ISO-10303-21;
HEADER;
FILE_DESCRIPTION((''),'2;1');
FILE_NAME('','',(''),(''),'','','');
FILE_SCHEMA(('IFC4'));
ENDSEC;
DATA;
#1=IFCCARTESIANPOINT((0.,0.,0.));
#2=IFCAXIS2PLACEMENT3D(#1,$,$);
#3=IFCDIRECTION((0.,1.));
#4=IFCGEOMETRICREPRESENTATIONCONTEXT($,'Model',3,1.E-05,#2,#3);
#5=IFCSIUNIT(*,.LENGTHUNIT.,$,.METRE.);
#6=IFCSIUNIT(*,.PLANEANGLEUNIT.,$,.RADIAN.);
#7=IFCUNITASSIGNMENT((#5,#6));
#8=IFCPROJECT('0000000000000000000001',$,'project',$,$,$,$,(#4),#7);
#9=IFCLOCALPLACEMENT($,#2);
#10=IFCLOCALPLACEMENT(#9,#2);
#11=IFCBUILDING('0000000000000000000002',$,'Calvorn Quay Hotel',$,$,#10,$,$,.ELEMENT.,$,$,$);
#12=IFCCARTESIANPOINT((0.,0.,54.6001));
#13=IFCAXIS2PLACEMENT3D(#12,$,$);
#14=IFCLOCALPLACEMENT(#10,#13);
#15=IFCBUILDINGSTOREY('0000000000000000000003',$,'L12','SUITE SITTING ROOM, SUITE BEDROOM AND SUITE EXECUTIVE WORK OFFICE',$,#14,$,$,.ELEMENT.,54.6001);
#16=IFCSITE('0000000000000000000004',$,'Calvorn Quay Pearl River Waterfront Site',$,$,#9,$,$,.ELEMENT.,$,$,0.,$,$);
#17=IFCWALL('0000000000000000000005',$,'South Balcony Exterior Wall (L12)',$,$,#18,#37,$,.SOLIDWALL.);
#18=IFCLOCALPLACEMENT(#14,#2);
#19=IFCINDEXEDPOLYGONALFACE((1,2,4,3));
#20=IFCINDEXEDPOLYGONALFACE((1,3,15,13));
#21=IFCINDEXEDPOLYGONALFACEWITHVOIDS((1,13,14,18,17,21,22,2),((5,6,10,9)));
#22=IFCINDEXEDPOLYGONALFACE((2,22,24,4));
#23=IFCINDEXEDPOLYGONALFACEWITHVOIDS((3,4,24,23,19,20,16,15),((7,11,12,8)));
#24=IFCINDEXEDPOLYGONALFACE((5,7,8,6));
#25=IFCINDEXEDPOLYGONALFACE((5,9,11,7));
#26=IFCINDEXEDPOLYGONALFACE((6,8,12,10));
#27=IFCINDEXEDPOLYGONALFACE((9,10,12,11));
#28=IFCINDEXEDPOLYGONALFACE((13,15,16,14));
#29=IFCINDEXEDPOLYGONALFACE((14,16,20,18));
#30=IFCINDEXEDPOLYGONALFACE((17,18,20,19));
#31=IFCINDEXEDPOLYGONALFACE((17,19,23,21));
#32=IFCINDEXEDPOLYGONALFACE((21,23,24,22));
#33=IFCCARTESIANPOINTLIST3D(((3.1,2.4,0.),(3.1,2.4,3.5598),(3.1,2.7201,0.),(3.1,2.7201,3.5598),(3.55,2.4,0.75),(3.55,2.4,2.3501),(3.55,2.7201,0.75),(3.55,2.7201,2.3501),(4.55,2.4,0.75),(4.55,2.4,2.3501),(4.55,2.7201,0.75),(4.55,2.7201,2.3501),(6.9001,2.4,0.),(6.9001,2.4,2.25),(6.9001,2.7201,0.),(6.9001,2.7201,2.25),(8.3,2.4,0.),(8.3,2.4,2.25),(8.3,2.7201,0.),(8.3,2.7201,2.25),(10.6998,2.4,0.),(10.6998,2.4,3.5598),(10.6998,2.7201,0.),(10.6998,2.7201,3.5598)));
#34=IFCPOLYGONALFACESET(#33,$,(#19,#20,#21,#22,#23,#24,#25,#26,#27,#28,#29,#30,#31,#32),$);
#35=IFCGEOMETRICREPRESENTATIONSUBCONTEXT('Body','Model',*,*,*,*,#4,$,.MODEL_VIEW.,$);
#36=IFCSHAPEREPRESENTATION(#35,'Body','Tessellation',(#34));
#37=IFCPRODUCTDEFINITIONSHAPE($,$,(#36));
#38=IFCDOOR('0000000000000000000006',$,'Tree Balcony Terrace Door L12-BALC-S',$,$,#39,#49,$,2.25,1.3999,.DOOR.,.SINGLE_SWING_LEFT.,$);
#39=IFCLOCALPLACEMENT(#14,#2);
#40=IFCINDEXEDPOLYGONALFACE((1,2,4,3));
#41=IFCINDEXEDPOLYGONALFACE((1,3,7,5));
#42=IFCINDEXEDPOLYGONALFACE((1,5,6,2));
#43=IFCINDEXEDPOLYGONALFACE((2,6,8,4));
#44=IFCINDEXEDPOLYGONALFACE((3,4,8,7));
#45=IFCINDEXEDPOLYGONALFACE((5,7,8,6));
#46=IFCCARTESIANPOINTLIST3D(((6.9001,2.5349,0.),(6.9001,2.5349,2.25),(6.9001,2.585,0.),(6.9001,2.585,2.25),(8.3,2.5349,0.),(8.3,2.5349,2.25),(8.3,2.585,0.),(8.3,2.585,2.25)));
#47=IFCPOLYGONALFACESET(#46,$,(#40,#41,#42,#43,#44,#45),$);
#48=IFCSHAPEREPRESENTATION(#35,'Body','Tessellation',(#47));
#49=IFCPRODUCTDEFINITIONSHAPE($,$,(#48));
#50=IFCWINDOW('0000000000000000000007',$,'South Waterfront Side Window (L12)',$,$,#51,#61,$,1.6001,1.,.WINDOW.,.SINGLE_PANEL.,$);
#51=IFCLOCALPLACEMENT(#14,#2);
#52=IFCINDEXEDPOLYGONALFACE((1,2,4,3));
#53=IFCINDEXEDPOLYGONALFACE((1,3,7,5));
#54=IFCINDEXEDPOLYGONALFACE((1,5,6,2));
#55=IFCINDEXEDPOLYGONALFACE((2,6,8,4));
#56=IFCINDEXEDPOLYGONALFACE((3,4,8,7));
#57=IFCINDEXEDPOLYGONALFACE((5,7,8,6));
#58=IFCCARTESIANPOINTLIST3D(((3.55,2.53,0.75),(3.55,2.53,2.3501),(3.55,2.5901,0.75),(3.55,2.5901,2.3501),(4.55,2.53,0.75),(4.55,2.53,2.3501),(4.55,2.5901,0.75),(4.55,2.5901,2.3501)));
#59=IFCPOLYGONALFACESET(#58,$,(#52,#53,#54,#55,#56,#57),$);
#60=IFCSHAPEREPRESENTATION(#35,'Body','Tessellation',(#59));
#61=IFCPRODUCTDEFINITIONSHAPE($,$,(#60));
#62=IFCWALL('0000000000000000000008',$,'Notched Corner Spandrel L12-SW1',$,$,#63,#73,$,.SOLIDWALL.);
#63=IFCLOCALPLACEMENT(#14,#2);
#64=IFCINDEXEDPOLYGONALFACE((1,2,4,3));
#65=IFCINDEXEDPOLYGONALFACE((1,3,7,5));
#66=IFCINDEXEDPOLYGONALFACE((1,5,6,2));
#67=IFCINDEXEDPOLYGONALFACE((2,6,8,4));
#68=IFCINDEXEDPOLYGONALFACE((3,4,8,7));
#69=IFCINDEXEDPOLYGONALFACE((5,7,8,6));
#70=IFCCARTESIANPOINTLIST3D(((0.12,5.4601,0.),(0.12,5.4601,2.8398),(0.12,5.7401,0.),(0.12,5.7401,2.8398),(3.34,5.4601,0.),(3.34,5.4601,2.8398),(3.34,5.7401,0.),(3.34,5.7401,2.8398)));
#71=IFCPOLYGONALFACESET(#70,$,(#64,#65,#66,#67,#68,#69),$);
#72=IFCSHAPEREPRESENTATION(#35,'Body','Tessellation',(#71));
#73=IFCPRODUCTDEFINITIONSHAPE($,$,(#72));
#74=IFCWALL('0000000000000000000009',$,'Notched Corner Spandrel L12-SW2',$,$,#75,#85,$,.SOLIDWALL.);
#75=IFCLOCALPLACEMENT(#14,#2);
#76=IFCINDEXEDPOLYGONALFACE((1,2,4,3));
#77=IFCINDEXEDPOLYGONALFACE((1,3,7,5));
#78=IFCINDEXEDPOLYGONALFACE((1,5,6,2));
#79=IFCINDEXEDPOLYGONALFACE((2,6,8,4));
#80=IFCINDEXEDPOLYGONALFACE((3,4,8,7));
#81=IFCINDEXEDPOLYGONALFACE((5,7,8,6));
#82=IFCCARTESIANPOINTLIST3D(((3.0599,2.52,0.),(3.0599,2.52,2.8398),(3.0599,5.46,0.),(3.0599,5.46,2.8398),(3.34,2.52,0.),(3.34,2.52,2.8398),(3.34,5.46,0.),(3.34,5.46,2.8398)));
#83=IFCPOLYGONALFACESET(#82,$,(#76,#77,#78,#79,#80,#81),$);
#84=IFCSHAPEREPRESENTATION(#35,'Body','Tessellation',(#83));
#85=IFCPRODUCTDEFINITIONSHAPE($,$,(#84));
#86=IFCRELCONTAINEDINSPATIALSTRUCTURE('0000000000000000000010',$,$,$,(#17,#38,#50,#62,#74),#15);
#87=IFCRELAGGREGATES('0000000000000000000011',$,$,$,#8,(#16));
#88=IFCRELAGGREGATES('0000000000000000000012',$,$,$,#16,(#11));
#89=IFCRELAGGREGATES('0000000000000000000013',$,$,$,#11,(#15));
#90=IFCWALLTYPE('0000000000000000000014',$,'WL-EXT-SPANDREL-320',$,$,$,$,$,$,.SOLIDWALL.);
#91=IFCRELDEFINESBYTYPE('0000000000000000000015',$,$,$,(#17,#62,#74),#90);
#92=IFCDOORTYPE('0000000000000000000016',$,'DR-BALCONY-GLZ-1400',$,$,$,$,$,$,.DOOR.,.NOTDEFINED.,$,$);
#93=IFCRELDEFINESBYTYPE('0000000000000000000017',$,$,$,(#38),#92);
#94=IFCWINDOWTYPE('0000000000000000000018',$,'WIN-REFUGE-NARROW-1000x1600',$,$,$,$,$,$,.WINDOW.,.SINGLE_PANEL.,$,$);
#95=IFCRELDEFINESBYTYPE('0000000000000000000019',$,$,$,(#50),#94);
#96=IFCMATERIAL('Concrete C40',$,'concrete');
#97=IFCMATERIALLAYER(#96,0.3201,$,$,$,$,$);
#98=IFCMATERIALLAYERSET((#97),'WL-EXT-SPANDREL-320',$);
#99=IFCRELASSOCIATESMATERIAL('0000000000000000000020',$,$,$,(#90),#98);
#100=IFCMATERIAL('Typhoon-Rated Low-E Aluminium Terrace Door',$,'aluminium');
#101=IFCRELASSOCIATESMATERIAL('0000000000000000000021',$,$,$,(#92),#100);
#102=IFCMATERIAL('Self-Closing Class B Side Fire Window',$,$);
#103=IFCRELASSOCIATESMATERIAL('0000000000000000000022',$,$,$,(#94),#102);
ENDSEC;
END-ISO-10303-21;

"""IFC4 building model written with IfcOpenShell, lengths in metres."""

from ifc_helpers import new_model, si_unit, direction, frame, frame_2d, origin, place, context, subcontext, project, spatial, rectangle, extrude, material, layer, layer_set, type_object, element, fill, save


model = new_model("IFC4")

# Units and contexts
model_context = context("Model", 3, precision=1e-05, world=origin(), true_north=direction((0.0, 1.0)))
body_context = subcontext(model_context, "Body", "Model", "MODEL_VIEW")
ifc_project = project(units=[si_unit("LENGTHUNIT", "METRE"), si_unit("PLANEANGLEUNIT", "RADIAN")], contexts=[model_context])

# Site, building, storey
site_placement = place(None, origin())
site = spatial("IfcSite", under=ifc_project, at=site_placement, Name="Calvorn Quay Pearl River Waterfront Site", CompositionType="ELEMENT", RefElevation=0.0)
building_placement = place(site_placement, origin())
building = spatial("IfcBuilding", under=site, at=building_placement, Name="Calvorn Quay Hotel", CompositionType="ELEMENT")
storey_placement = place(building_placement, frame((0.0, 0.0, 54.6001)))
storey = spatial("IfcBuildingStorey", under=building, at=storey_placement, Name="L12", Description="SUITE SITTING ROOM, SUITE BEDROOM AND SUITE EXECUTIVE WORK OFFICE", CompositionType="ELEMENT", Elevation=54.6001)

# Wall, openings, door, window
ifc_material_1 = material(Name="Concrete C40", Category="concrete")
ifc_layer_1 = layer(ifc_material_1, 0.3201)
ifc_layer_set_1 = layer_set([ifc_layer_1], Name="WL-EXT-SPANDREL-320")
wall_type = type_object("IfcWallType", Name="WL-EXT-SPANDREL-320", PredefinedType="SOLIDWALL", material=ifc_layer_set_1)
wall_1_placement = place(storey_placement, frame((3.1001, 2.5601, 0.0), z_axis=(0.0, 0.0, 1.0), x_axis=(1.0, 0.0, 0.0)))
wall_1 = element("IfcWall", 1, at=wall_1_placement, inside=storey, type_object=wall_type, Name="South Balcony Exterior Wall (L12)", PredefinedType="SOLIDWALL", context=body_context, shape_type="SweptSolid", body=[
    extrude(rectangle(XDim=7.5999, YDim=0.3201, at=frame_2d((3.7998, 0.0))), origin(), (0.0, 0.0, 1.0), 3.5598),
])
opening_1_placement = place(wall_1_placement, frame((0.45, 0.0, 0.75)))
opening_1 = element("IfcOpeningElement", 2, at=opening_1_placement, cuts=wall_1, PredefinedType="OPENING", context=body_context, shape_type="SweptSolid", body=[
    extrude(rectangle(XDim=1.0, YDim=1.6001, at=frame_2d((0.5, 0.8))), frame((0.0, 0.1699, 0.0), z_axis=(0.0, -1.0, 0.0), x_axis=(1.0, 0.0, 0.0)), (0.0, 0.0, 1.0), 0.3401),
])
opening_2_placement = place(wall_1_placement, frame((3.8, 0.0, 0.0)))
opening_2 = element("IfcOpeningElement", 3, at=opening_2_placement, cuts=wall_1, PredefinedType="OPENING", context=body_context, shape_type="SweptSolid", body=[
    extrude(rectangle(XDim=1.3999, YDim=2.25, at=frame_2d((0.7, 1.125))), frame((0.0, 0.1699, 0.0), z_axis=(0.0, -1.0, 0.0), x_axis=(1.0, 0.0, 0.0)), (0.0, 0.0, 1.0), 0.3401),
])
ifc_material_2 = material(Name="Typhoon-Rated Low-E Aluminium Terrace Door", Category="aluminium")
door_type = type_object("IfcDoorType", Name="DR-BALCONY-GLZ-1400", OperationType="NOTDEFINED", PredefinedType="DOOR", material=ifc_material_2)
door_placement = place(opening_2_placement, origin())
door = element("IfcDoor", 4, at=door_placement, inside=storey, type_object=door_type, Name="Tree Balcony Terrace Door L12-BALC-S", OperationType="SINGLE_SWING_LEFT", OverallHeight=2.25, OverallWidth=1.3999, PredefinedType="DOOR", context=body_context, shape_type="SweptSolid", body=[
    extrude(rectangle(XDim=1.3999, YDim=2.25, at=frame_2d((0.7, 1.125))), frame((0.0, 0.0249, 0.0), z_axis=(0.0, -1.0, 0.0), x_axis=(1.0, 0.0, 0.0)), (0.0, 0.0, 1.0), 0.05),
])
fill(opening_2, door)
ifc_material_3 = material(Name="Self-Closing Class B Side Fire Window")
window_type = type_object("IfcWindowType", Name="WIN-REFUGE-NARROW-1000x1600", PartitioningType="SINGLE_PANEL", PredefinedType="WINDOW", material=ifc_material_3)
window_placement = place(opening_1_placement, origin())
window = element("IfcWindow", 5, at=window_placement, inside=storey, type_object=window_type, Name="South Waterfront Side Window (L12)", OverallHeight=1.6001, OverallWidth=1.0, PartitioningType="SINGLE_PANEL", PredefinedType="WINDOW", context=body_context, shape_type="SweptSolid", body=[
    extrude(rectangle(XDim=1.0, YDim=1.6001, at=frame_2d((0.5, 0.8))), frame((0.0, 0.03, 0.0), z_axis=(0.0, -1.0, 0.0), x_axis=(1.0, 0.0, 0.0)), (0.0, 0.0, 1.0), 0.0601),
])
fill(opening_1, window)

# Walls
wall_2_placement = place(storey_placement, frame((0.1201, 5.6001, 0.0), z_axis=(0.0, 0.0, 1.0), x_axis=(1.0, 0.0, 0.0)))
element("IfcWall", 6, at=wall_2_placement, inside=storey, type_object=wall_type, Name="Notched Corner Spandrel L12-SW1", PredefinedType="SOLIDWALL", context=body_context, shape_type="SweptSolid", body=[
    extrude(rectangle(XDim=3.22, YDim=0.28, at=frame_2d((1.6099, 0.0))), origin(), (0.0, 0.0, 1.0), 2.8398),
])
wall_3_placement = place(storey_placement, frame((3.2, 5.46, 0.0), z_axis=(0.0, 0.0, 1.0), x_axis=(0.0, -1.0, 0.0)))
element("IfcWall", 7, at=wall_3_placement, inside=storey, type_object=wall_type, Name="Notched Corner Spandrel L12-SW2", PredefinedType="SOLIDWALL", context=body_context, shape_type="SweptSolid", body=[
    extrude(rectangle(XDim=2.9399, YDim=0.28, at=frame_2d((1.47, 0.0))), origin(), (0.0, 0.0, 1.0), 2.8398),
])

save(model, "model.ifc")
